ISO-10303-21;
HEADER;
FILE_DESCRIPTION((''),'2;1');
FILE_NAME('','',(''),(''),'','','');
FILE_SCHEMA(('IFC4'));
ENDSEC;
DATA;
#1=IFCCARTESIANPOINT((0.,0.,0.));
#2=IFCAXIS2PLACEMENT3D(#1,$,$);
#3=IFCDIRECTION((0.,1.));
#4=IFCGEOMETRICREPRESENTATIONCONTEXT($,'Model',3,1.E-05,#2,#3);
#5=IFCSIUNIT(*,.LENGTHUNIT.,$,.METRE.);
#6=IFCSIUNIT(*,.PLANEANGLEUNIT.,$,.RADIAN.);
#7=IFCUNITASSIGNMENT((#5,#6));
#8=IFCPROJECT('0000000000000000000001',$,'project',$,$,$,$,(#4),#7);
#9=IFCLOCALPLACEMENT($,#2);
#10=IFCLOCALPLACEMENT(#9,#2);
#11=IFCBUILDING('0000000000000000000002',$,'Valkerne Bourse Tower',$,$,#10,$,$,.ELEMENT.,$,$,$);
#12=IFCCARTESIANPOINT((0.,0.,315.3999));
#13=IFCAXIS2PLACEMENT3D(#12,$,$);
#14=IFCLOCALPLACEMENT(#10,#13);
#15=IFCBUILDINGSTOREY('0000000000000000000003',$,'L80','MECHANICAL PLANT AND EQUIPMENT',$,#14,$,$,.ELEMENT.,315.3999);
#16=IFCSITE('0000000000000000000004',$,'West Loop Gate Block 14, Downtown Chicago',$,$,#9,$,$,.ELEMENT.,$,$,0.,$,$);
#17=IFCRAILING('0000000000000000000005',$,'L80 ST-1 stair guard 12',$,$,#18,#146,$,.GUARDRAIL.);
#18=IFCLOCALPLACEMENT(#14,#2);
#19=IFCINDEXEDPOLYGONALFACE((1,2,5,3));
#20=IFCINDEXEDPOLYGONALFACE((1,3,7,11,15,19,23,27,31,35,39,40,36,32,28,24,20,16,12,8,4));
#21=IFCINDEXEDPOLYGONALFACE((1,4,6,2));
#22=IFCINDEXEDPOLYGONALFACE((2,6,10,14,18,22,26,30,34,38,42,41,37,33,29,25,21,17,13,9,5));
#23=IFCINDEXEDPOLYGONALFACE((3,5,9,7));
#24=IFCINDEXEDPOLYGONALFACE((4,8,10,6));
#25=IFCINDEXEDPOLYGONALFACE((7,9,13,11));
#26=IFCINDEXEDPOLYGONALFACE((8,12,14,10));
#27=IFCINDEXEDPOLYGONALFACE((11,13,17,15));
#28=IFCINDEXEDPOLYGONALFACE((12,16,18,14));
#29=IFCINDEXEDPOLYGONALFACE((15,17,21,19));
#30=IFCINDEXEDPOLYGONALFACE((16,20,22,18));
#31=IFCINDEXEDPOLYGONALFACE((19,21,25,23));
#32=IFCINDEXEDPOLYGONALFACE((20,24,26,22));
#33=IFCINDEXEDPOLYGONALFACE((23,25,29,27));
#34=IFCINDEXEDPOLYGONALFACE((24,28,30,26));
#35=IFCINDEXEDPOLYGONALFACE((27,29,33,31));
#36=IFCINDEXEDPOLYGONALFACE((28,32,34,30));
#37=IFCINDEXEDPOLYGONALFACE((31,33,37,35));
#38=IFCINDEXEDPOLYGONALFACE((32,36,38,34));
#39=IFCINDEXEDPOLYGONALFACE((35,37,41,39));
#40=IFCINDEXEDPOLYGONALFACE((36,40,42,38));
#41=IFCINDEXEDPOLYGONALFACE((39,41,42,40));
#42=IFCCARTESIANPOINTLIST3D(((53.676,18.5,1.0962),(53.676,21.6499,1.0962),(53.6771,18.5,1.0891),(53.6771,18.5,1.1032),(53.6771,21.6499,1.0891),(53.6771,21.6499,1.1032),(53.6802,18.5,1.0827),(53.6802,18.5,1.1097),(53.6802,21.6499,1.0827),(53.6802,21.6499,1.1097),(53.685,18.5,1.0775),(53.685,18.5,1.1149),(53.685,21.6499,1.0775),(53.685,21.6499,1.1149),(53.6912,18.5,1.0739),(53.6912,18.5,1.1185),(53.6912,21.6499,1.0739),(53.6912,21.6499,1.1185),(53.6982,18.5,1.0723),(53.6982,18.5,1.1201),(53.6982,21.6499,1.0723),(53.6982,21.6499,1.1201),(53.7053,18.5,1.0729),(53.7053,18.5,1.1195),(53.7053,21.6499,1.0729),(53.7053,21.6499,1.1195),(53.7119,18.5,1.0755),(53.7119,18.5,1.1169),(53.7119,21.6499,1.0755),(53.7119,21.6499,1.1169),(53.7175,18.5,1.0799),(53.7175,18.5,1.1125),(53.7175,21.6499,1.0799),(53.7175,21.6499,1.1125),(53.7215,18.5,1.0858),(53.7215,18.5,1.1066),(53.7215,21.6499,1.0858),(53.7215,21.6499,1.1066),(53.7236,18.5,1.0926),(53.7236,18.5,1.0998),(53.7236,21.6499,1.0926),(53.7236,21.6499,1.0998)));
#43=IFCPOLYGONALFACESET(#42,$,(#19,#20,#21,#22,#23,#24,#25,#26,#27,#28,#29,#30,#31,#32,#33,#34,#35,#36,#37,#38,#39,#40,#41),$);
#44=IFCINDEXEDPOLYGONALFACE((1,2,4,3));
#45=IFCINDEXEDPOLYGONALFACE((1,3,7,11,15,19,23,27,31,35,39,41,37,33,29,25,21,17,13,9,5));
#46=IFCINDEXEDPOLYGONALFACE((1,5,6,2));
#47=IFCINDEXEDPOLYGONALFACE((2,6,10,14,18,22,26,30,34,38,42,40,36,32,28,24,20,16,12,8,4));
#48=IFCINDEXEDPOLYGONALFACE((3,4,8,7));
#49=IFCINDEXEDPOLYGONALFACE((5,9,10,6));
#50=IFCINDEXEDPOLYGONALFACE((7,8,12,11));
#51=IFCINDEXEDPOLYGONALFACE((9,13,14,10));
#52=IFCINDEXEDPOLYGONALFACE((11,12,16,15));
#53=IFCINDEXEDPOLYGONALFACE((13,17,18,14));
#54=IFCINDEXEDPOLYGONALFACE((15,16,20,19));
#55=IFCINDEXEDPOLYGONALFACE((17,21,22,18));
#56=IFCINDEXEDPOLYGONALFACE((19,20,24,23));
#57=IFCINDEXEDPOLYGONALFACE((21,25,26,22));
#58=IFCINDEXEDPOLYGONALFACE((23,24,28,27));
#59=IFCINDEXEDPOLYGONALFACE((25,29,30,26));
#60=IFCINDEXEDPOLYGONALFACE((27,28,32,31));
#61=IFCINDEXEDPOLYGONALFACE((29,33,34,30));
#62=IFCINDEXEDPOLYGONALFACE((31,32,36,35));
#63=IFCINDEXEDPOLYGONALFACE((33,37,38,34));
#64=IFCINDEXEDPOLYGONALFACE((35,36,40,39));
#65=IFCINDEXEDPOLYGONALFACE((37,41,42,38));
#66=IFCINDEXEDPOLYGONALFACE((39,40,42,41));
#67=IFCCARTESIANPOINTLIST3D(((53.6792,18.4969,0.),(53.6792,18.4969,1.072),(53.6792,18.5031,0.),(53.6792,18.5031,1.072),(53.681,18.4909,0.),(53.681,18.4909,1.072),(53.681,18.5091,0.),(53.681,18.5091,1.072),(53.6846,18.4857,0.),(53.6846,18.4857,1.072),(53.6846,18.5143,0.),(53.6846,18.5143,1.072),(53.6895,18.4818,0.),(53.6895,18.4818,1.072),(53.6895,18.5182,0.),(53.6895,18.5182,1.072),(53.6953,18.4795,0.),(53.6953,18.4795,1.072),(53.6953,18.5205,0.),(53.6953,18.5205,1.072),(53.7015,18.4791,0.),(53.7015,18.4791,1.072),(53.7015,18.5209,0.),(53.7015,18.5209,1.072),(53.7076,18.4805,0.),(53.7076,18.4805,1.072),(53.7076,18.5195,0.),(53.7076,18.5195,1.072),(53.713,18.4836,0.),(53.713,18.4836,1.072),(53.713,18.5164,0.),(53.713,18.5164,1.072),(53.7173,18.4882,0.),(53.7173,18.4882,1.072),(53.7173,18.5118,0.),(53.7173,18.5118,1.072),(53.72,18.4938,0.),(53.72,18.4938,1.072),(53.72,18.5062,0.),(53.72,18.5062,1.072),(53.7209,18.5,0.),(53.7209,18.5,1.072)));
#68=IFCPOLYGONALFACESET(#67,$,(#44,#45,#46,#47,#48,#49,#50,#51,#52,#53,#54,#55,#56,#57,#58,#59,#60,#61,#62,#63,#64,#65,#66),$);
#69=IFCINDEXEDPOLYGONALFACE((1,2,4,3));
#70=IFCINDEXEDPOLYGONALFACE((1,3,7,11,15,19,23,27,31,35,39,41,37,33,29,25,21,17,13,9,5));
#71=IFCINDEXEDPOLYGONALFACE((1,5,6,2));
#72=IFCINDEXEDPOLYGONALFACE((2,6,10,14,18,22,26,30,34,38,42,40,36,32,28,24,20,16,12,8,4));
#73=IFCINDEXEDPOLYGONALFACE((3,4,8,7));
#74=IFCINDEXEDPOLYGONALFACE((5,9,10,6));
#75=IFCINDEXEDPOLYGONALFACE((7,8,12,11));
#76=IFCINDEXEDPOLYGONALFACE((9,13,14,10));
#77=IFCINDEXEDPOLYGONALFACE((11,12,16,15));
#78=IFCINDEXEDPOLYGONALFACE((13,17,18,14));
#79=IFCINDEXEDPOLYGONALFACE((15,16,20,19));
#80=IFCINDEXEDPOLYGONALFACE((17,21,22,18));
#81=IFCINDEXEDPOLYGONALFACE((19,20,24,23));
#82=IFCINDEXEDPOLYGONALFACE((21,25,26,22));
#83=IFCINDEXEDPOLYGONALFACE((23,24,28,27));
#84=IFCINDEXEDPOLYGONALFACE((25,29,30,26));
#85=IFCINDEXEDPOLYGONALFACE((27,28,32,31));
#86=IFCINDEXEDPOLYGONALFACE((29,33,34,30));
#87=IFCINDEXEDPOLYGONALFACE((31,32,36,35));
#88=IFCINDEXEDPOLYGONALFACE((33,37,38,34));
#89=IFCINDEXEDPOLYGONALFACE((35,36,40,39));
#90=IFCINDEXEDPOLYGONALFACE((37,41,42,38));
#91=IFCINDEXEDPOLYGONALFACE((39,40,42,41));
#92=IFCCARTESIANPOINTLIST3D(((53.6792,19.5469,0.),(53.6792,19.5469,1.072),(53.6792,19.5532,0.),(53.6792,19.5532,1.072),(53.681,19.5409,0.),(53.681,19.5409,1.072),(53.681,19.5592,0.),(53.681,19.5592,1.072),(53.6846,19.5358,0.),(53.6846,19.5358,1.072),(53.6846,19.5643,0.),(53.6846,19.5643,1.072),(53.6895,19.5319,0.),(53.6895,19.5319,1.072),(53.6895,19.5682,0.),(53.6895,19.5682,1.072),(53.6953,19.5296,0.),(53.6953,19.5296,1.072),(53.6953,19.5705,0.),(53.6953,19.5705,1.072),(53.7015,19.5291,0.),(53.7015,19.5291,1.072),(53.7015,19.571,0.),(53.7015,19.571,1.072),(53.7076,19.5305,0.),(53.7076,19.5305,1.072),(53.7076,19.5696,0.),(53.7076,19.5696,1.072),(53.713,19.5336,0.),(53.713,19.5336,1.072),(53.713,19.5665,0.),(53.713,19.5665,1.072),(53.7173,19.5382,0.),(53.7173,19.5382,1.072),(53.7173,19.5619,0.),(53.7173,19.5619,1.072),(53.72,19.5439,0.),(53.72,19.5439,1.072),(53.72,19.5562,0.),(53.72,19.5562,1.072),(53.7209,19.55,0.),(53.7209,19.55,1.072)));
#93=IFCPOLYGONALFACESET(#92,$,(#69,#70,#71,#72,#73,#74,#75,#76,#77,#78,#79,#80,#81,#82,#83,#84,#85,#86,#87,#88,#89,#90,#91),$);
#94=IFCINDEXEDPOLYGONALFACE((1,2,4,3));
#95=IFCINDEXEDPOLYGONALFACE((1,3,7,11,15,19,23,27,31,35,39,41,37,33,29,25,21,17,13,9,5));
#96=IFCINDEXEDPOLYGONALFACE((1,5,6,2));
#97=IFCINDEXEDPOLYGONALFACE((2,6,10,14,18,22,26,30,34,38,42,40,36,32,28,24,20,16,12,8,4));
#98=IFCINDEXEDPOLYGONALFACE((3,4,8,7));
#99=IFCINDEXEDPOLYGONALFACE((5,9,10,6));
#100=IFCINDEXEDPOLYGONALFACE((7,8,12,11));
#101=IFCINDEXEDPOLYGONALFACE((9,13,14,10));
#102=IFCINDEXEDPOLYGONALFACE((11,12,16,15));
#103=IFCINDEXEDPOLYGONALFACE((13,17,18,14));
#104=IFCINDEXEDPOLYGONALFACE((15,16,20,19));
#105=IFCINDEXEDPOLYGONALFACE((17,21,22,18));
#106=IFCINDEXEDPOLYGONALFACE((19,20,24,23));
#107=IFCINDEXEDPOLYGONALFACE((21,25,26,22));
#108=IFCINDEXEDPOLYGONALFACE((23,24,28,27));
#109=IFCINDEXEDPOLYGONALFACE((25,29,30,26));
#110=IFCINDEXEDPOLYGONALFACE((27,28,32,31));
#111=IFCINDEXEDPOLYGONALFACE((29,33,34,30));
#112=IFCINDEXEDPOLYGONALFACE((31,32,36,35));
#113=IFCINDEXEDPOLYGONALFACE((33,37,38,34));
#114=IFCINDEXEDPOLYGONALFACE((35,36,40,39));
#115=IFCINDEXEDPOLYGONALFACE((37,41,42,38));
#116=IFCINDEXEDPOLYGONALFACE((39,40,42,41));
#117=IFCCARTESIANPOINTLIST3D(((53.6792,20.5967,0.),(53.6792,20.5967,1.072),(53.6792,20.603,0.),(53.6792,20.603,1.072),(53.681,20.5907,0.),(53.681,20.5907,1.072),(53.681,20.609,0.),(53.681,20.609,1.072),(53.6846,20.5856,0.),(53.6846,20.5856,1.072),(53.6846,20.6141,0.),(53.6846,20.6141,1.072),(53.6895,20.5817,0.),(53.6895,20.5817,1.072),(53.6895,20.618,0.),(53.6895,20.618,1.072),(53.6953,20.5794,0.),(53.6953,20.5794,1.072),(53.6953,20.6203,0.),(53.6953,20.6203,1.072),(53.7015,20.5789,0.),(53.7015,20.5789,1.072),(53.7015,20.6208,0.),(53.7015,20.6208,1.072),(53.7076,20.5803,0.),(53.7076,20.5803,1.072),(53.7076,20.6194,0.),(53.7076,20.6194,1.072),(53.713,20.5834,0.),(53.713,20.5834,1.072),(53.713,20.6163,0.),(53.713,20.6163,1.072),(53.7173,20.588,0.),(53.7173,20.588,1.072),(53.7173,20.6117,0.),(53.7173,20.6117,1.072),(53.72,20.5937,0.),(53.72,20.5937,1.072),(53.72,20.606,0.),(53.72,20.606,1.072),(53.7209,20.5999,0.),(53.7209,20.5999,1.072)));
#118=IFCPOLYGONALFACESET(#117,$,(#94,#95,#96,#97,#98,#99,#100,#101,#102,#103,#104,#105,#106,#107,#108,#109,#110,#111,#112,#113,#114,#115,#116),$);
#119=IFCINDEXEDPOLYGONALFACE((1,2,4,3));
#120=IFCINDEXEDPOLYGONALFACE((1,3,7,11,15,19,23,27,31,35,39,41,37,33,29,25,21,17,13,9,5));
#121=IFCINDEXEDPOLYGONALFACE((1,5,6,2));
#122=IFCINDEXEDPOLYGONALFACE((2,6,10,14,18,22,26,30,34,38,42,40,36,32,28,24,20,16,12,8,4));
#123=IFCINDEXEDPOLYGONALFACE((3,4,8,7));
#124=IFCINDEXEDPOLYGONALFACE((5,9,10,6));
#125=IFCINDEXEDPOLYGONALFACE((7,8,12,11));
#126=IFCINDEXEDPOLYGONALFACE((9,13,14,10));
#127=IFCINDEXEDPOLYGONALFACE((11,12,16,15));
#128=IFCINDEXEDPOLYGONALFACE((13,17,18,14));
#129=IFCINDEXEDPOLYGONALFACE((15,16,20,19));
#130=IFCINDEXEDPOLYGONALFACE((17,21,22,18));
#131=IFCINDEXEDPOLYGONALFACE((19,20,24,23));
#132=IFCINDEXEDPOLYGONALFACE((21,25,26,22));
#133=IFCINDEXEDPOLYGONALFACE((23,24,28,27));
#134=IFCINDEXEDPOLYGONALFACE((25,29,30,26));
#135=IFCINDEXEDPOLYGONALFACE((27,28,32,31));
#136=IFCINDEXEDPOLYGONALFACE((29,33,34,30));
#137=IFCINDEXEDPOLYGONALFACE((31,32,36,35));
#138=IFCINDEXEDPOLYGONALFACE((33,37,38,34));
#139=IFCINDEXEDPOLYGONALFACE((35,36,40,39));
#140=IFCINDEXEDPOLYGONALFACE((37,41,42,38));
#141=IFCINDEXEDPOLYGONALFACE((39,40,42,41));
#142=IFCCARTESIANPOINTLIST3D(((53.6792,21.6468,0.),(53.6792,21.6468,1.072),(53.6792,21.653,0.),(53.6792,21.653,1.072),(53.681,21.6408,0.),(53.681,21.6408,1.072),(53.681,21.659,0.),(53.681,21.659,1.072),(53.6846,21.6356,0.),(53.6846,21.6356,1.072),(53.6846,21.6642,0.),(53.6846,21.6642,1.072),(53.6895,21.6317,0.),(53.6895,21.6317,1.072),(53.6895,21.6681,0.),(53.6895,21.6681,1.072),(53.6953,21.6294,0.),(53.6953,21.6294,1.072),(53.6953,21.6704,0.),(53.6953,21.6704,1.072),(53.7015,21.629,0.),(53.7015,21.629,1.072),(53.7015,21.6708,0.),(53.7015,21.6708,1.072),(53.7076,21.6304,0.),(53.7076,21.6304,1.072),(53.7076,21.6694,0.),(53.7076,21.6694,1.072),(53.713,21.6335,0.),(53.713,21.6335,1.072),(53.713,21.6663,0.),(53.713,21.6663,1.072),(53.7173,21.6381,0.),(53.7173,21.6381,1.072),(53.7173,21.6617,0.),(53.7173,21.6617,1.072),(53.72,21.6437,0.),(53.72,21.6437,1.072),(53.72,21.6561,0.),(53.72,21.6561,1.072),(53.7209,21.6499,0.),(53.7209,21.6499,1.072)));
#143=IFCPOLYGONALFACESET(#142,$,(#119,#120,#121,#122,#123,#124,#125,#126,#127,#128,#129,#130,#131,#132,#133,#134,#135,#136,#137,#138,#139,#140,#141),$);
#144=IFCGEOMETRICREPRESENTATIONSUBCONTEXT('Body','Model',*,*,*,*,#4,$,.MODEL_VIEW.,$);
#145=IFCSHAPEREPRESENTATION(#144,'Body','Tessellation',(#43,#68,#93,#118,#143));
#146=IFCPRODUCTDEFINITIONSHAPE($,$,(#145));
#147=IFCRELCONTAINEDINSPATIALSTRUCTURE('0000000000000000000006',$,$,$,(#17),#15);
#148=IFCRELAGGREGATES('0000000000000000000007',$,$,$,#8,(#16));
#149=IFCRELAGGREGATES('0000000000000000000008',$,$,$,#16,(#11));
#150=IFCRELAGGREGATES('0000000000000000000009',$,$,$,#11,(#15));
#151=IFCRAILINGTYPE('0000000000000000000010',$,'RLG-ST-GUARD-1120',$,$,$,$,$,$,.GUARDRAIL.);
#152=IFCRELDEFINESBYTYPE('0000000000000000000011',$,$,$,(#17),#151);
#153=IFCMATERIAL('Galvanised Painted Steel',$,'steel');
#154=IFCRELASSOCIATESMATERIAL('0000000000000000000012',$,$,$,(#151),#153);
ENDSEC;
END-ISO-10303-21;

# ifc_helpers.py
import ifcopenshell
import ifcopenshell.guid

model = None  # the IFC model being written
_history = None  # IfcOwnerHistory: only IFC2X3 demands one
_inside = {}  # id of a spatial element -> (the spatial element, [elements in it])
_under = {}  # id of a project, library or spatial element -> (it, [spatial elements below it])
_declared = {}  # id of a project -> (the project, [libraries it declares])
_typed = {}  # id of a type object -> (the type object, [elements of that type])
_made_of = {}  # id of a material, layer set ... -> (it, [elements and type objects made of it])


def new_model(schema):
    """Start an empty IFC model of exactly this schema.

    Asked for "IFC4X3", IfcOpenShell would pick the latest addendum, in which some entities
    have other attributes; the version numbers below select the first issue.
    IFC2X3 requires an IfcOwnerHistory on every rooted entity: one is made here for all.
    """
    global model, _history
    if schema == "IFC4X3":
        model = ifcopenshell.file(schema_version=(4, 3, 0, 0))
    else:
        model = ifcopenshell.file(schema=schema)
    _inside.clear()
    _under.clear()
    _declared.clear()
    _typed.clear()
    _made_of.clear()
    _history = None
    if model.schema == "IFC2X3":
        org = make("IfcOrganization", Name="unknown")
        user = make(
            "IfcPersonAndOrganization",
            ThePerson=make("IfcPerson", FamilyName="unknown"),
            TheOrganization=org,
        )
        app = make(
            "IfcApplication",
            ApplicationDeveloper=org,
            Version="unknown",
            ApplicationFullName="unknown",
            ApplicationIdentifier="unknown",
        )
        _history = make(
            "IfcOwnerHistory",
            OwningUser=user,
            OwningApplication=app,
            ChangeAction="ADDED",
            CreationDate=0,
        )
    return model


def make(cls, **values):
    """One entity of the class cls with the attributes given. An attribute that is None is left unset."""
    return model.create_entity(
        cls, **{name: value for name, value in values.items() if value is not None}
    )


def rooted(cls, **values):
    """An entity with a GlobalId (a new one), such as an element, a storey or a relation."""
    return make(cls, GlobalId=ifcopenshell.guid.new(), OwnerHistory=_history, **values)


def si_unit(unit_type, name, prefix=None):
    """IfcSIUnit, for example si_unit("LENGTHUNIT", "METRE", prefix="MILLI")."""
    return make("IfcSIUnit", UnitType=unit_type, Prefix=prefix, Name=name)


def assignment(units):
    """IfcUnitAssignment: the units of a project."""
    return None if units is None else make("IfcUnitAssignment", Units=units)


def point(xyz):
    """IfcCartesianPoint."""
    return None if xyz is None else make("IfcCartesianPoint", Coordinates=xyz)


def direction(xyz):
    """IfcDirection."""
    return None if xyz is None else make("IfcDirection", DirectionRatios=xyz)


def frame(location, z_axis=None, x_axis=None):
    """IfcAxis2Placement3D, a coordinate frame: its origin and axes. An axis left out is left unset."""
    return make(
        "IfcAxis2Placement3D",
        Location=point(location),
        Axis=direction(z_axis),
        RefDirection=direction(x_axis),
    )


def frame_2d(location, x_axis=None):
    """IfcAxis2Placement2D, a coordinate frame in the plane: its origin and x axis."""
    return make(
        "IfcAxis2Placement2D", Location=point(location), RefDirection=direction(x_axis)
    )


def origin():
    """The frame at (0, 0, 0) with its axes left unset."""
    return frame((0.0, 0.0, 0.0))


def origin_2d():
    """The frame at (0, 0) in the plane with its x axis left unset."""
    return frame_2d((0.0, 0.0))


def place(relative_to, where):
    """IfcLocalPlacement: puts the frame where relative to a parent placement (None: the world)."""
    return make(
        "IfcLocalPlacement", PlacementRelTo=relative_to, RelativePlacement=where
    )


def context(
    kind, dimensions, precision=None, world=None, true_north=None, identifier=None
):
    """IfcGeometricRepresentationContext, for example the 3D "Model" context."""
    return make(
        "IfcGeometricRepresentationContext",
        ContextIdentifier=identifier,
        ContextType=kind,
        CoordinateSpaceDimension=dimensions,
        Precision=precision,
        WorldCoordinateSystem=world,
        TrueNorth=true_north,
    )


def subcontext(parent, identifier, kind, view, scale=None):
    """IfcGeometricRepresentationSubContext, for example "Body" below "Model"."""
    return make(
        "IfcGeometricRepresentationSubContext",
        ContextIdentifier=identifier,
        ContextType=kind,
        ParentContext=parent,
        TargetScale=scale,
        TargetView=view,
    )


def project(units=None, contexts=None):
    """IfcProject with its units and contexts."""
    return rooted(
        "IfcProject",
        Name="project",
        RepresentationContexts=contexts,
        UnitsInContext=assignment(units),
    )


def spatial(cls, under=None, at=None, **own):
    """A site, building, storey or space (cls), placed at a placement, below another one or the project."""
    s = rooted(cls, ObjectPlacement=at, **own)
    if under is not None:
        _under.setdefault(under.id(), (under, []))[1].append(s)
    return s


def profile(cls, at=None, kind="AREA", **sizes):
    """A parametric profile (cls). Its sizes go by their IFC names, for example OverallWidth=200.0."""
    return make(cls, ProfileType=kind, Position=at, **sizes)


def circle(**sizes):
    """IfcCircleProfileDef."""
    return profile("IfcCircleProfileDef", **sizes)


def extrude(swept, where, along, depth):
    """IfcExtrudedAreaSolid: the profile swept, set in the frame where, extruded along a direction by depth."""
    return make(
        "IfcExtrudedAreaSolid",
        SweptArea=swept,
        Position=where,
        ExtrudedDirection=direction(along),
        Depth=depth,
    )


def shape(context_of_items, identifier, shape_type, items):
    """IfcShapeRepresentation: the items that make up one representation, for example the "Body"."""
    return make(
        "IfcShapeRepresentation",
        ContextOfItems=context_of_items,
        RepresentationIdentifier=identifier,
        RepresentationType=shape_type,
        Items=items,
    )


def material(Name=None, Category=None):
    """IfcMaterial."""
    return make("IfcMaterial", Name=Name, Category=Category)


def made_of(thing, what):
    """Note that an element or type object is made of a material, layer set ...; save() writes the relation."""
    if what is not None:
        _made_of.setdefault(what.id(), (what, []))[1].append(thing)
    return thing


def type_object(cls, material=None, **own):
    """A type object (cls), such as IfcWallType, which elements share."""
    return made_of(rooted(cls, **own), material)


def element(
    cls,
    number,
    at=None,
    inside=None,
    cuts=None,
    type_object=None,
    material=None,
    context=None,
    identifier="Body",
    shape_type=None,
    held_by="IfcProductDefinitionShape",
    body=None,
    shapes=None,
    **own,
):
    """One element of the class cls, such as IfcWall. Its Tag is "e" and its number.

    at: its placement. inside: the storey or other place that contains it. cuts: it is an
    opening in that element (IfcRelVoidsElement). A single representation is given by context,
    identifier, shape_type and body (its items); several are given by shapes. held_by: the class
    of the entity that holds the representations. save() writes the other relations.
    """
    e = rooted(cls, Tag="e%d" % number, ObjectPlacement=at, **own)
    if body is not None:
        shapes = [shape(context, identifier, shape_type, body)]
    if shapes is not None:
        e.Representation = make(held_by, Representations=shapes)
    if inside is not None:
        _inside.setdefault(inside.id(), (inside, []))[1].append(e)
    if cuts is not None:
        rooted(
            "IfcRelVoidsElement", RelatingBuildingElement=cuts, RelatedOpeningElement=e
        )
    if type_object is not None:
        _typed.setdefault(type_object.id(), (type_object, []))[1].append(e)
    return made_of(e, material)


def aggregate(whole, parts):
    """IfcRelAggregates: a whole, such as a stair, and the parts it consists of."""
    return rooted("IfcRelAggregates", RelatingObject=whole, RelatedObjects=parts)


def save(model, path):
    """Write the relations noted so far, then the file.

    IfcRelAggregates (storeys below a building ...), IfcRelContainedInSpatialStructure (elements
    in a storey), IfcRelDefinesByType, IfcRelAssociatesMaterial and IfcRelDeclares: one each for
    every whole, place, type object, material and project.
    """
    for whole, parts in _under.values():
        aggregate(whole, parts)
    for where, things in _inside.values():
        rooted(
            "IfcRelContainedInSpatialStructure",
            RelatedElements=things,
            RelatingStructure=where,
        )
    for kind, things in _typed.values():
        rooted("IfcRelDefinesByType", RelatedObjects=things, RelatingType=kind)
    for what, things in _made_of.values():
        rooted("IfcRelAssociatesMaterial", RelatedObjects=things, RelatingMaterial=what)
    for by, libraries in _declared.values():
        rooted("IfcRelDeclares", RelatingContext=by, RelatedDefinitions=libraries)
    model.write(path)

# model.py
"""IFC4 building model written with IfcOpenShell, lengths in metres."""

from ifc_helpers import new_model, si_unit, direction, frame, origin, origin_2d, place, context, subcontext, project, spatial, circle, extrude, material, type_object, element, save


model = new_model("IFC4")

# Units and contexts
model_context = context("Model", 3, precision=1e-05, world=origin(), true_north=direction((0.0, 1.0)))
body_context = subcontext(model_context, "Body", "Model", "MODEL_VIEW")
ifc_project = project(units=[si_unit("LENGTHUNIT", "METRE"), si_unit("PLANEANGLEUNIT", "RADIAN")], contexts=[model_context])

# Site, building, storey
site_placement = place(None, origin())
site = spatial("IfcSite", under=ifc_project, at=site_placement, Name="West Loop Gate Block 14, Downtown Chicago", CompositionType="ELEMENT", RefElevation=0.0)
building_placement = place(site_placement, origin())
building = spatial("IfcBuilding", under=site, at=building_placement, Name="Valkerne Bourse Tower", CompositionType="ELEMENT")
storey_placement = place(building_placement, frame((0.0, 0.0, 315.3999)))
storey = spatial("IfcBuildingStorey", under=building, at=storey_placement, Name="L80", Description="MECHANICAL PLANT AND EQUIPMENT", CompositionType="ELEMENT", Elevation=315.3999)

# Railing
ifc_material_1 = material(Name="Galvanised Painted Steel", Category="steel")
railing_type_1 = type_object("IfcRailingType", Name="RLG-ST-GUARD-1120", PredefinedType="GUARDRAIL", material=ifc_material_1)
railing_1_placement = place(storey_placement, frame((53.7, 18.5, 0.0)))
element("IfcRailing", 1, at=railing_1_placement, inside=storey, type_object=railing_type_1, Name="L80 ST-1 stair guard 12", PredefinedType="GUARDRAIL", context=body_context, shape_type="SweptSolid", body=[
    extrude(circle(Radius=0.0239, at=origin_2d()), frame((0.0, 0.0, 1.0962), z_axis=(0.0, 1.0, 0.0), x_axis=(-1.0, 0.0, 0.0)), (0.0, 0.0, 1.0), 3.1499),
    extrude(circle(Radius=0.021, at=origin_2d()), origin(), (0.0, 0.0, 1.0), 1.072),
    extrude(circle(Radius=0.021, at=origin_2d()), frame((0.0, 1.05, 0.0)), (0.0, 0.0, 1.0), 1.072),
    extrude(circle(Radius=0.021, at=origin_2d()), frame((0.0, 2.0999, 0.0)), (0.0, 0.0, 1.0), 1.072),
    extrude(circle(Radius=0.021, at=origin_2d()), frame((0.0, 3.1499, 0.0)), (0.0, 0.0, 1.0), 1.072),
])

save(model, "model.ifc")
